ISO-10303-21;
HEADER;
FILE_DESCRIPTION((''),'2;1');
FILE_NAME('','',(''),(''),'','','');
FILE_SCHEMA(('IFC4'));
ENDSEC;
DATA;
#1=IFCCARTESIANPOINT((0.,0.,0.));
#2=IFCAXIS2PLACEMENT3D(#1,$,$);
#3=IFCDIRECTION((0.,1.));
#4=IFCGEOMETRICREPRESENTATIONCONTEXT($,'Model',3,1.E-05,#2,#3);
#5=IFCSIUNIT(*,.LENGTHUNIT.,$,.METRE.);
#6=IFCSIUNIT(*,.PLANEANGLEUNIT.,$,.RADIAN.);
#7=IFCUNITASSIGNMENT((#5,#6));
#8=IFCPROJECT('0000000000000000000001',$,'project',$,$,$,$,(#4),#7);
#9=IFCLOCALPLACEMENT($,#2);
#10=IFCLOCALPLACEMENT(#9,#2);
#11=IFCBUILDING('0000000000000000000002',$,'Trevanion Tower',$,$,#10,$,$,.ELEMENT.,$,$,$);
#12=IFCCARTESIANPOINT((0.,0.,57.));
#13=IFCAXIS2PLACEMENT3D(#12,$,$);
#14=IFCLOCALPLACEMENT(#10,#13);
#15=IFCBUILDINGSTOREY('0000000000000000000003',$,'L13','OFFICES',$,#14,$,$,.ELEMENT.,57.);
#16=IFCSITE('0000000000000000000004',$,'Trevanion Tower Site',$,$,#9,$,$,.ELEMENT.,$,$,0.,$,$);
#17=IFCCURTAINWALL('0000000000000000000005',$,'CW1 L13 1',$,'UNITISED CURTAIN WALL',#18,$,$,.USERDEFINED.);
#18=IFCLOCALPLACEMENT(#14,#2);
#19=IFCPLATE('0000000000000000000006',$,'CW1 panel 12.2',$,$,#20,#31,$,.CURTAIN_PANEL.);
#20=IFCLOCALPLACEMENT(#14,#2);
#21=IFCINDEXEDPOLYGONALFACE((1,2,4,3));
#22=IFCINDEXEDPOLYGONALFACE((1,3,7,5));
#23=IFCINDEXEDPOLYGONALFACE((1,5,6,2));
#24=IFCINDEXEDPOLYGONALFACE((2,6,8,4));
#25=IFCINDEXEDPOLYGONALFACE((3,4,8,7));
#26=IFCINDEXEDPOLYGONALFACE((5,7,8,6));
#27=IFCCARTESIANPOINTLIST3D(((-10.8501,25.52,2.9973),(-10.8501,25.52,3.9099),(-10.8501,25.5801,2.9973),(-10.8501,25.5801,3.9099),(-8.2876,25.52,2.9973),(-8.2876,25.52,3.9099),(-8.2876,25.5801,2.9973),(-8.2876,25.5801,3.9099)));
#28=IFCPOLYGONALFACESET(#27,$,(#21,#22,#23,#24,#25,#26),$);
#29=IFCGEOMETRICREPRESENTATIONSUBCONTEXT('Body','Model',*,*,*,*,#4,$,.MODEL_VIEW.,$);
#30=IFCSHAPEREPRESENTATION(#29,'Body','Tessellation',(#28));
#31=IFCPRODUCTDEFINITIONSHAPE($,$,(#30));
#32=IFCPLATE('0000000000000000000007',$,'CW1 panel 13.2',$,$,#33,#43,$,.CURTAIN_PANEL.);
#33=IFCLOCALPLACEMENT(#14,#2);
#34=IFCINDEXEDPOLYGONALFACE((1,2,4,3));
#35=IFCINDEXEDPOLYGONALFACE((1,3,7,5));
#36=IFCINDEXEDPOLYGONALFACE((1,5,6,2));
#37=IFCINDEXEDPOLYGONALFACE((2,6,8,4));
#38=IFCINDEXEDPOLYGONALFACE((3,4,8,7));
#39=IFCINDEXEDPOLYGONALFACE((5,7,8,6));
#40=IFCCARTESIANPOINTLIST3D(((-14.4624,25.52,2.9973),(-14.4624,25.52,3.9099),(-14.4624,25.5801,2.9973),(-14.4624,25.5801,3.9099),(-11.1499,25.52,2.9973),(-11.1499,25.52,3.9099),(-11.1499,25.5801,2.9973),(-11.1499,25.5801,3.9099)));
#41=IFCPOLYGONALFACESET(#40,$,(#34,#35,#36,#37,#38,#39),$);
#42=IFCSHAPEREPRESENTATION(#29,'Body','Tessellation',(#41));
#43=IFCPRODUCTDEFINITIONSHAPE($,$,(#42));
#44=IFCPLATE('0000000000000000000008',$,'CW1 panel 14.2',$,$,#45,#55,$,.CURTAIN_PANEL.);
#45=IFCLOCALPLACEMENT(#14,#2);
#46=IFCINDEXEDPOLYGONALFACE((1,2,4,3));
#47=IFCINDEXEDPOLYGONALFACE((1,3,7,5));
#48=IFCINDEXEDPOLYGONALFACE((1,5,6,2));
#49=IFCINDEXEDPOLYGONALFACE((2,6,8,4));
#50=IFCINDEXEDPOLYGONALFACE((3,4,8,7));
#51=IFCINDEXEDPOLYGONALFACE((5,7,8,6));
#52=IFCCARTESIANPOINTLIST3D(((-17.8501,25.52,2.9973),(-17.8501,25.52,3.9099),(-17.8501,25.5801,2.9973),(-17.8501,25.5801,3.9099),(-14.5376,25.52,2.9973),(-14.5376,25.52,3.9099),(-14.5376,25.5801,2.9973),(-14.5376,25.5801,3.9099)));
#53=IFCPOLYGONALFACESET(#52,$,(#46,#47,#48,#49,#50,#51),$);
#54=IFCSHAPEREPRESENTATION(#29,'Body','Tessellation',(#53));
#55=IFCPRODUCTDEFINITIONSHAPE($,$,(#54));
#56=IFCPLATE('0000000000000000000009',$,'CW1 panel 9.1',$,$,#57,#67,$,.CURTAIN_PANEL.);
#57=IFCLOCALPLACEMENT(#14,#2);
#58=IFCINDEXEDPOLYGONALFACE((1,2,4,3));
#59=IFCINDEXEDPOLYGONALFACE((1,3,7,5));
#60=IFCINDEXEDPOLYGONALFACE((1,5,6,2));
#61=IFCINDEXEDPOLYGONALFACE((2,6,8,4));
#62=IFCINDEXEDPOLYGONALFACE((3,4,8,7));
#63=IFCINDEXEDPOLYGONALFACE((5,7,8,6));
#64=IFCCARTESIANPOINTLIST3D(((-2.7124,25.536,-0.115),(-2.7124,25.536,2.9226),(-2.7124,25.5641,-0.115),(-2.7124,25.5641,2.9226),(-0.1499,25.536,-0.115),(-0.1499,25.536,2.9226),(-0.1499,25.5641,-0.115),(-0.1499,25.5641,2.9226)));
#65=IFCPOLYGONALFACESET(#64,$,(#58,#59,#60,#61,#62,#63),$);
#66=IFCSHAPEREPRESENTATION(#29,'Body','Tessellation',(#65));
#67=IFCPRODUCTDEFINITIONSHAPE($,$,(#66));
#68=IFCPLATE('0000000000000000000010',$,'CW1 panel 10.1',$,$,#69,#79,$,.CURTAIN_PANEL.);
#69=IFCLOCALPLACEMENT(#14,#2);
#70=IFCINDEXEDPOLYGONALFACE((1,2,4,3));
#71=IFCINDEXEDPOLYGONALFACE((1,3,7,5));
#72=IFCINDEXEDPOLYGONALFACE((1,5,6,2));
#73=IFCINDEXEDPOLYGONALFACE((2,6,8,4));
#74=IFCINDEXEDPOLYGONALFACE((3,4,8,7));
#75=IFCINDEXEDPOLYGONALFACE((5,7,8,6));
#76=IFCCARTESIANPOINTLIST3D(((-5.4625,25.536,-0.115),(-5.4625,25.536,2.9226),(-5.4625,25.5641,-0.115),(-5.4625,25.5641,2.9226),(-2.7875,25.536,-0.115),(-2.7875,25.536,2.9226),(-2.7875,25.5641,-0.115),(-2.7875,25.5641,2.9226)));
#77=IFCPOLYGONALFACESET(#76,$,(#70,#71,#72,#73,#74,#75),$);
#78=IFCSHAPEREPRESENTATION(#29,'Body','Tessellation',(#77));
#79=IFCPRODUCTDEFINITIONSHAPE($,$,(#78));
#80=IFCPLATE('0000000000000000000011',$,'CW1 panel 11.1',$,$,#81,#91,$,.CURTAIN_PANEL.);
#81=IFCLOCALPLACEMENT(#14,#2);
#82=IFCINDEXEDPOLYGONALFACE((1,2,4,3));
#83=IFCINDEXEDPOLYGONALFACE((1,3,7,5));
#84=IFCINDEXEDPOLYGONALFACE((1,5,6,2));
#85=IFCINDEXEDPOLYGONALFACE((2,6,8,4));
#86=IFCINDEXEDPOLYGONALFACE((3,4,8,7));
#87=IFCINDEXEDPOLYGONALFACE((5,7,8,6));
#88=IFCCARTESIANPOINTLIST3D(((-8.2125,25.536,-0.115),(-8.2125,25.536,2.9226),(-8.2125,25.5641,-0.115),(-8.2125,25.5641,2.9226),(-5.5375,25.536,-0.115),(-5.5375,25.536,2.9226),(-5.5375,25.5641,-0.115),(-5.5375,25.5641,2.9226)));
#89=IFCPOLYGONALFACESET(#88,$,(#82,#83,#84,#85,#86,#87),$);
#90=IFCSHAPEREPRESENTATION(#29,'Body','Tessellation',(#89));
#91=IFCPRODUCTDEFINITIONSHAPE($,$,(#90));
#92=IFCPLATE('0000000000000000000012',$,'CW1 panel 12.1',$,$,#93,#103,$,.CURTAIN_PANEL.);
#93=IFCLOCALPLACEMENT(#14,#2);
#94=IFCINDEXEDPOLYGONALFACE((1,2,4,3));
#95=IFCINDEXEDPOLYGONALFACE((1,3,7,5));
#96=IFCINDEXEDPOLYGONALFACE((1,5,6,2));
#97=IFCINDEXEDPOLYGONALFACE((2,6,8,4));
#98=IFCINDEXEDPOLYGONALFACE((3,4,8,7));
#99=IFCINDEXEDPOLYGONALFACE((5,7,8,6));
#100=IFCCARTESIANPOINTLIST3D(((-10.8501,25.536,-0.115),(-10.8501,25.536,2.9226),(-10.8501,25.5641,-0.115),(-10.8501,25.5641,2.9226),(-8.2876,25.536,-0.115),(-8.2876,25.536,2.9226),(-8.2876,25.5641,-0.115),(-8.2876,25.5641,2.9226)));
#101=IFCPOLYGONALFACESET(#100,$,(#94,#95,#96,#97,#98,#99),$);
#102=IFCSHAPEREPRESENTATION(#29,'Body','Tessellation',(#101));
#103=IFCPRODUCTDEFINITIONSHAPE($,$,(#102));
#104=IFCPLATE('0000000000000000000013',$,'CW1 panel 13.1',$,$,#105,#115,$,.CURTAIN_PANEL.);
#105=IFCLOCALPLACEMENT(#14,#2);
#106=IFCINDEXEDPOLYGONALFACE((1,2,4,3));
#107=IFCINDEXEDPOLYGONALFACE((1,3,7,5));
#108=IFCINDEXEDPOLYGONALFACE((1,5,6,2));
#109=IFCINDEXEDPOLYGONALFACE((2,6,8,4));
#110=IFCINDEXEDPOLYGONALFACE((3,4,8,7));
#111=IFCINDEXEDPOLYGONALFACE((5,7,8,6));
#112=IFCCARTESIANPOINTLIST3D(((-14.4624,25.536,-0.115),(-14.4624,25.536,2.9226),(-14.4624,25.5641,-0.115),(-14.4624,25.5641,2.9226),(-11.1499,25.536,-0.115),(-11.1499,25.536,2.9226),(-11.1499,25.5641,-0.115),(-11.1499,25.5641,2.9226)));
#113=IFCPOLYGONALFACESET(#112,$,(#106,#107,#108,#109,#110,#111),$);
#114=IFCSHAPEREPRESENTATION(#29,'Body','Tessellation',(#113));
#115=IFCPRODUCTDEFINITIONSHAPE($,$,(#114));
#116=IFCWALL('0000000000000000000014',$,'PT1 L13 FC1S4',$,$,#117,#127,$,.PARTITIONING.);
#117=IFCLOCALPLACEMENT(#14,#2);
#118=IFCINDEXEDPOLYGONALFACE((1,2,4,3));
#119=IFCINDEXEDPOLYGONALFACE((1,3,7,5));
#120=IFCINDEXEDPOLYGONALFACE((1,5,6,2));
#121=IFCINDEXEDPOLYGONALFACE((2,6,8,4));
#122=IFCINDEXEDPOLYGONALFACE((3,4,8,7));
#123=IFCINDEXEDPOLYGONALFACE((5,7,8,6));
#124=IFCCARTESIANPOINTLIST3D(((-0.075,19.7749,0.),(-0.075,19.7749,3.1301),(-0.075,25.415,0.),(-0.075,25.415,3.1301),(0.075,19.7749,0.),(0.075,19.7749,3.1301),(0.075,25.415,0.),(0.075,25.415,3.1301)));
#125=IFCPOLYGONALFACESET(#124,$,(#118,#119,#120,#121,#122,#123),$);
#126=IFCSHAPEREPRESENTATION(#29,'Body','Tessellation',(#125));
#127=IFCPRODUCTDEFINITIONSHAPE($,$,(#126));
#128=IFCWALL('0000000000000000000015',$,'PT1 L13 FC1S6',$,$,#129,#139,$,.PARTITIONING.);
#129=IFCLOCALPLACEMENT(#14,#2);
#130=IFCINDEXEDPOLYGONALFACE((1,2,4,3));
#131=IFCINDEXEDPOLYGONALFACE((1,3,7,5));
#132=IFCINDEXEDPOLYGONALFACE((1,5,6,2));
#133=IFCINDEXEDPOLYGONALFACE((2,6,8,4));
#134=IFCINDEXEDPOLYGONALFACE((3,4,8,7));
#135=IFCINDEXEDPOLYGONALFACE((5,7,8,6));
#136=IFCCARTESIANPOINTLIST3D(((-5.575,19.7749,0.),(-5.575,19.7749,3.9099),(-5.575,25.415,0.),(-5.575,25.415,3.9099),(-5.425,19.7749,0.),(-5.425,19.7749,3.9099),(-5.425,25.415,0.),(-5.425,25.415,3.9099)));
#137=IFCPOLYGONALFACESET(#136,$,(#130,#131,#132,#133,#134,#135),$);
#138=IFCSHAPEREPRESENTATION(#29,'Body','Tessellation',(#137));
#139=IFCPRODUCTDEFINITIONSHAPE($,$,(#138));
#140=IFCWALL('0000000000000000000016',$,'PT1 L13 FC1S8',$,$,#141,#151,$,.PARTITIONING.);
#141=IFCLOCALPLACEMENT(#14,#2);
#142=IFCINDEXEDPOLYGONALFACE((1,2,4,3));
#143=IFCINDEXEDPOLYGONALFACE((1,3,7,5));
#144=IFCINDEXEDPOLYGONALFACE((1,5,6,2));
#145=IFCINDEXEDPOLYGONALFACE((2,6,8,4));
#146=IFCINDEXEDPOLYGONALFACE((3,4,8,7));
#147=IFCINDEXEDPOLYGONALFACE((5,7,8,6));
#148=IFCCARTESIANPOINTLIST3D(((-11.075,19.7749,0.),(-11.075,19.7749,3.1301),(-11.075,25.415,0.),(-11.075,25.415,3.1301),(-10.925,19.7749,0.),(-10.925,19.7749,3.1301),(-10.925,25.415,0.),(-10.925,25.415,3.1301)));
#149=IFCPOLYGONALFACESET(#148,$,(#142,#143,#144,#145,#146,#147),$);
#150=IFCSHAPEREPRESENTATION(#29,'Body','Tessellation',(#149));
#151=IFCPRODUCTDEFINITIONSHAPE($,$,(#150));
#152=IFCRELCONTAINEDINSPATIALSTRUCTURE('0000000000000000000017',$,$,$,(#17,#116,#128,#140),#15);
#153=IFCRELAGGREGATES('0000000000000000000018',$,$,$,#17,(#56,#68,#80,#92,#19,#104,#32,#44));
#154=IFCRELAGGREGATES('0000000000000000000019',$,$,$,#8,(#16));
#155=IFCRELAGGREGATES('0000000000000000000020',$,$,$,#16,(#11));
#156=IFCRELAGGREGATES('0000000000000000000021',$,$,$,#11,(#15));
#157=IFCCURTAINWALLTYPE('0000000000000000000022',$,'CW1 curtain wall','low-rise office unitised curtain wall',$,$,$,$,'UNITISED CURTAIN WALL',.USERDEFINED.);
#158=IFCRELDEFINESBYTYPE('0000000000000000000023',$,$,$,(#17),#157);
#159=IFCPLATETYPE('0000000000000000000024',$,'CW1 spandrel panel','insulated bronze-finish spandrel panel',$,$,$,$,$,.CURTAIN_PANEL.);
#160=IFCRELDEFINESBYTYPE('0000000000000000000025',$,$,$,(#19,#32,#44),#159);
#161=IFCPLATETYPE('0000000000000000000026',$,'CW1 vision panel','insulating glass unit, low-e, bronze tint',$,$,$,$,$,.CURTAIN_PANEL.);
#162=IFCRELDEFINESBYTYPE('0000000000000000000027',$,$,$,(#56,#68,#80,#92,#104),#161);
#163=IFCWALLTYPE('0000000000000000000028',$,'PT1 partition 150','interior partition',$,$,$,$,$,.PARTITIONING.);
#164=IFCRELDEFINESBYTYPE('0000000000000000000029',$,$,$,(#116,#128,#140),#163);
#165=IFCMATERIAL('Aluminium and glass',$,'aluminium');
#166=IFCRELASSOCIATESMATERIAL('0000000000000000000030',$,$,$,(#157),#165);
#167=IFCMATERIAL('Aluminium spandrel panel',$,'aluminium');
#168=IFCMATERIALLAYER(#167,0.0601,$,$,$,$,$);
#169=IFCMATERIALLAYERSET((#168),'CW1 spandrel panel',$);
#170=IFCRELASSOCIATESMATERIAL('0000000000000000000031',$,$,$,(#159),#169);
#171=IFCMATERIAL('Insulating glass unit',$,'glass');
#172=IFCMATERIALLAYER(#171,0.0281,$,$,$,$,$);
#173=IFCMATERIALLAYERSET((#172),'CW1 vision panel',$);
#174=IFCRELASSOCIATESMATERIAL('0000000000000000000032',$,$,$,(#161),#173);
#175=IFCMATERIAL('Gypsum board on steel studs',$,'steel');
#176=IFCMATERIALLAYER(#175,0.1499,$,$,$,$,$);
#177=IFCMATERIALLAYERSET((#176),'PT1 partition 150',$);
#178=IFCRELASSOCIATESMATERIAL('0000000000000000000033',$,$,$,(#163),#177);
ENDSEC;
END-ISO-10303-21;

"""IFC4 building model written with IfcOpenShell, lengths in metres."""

from ifc_helpers import new_model, si_unit, direction, frame, frame_2d, origin, origin_2d, place, context, subcontext, project, spatial, rectangle, extrude, material, layer, layer_set, type_object, element, aggregate, save


model = new_model("IFC4")

# Units and contexts
model_context = context("Model", 3, precision=1e-05, world=origin(), true_north=direction((0.0, 1.0)))
body_context = subcontext(model_context, "Body", "Model", "MODEL_VIEW")
ifc_project = project(units=[si_unit("LENGTHUNIT", "METRE"), si_unit("PLANEANGLEUNIT", "RADIAN")], contexts=[model_context])

# Site, building, storey
site_placement = place(None, origin())
site = spatial("IfcSite", under=ifc_project, at=site_placement, Name="Trevanion Tower Site", CompositionType="ELEMENT", RefElevation=0.0)
building_placement = place(site_placement, origin())
building = spatial("IfcBuilding", under=site, at=building_placement, Name="Trevanion Tower", CompositionType="ELEMENT")
storey_placement = place(building_placement, frame((0.0, 0.0, 57.0)))
storey = spatial("IfcBuildingStorey", under=building, at=storey_placement, Name="L13", Description="OFFICES", CompositionType="ELEMENT", Elevation=57.0)

# Curtain wall
ifc_material_1 = material(Name="Aluminium and glass", Category="aluminium")
curtain_wall_type = type_object("IfcCurtainWallType", Name="CW1 curtain wall", Description="low-rise office unitised curtain wall", ElementType="UNITISED CURTAIN WALL", PredefinedType="USERDEFINED", material=ifc_material_1)
curtain_wall_placement = place(storey_placement, origin())
curtain_wall = element("IfcCurtainWall", 1, at=curtain_wall_placement, inside=storey, type_object=curtain_wall_type, Name="CW1 L13 1", ObjectType="UNITISED CURTAIN WALL", PredefinedType="USERDEFINED")

# Plates
ifc_material_2 = material(Name="Aluminium spandrel panel", Category="aluminium")
ifc_layer_1 = layer(ifc_material_2, 0.0601)
ifc_layer_set_1 = layer_set([ifc_layer_1], Name="CW1 spandrel panel")
plate_type_1 = type_object("IfcPlateType", Name="CW1 spandrel panel", Description="insulated bronze-finish spandrel panel", PredefinedType="CURTAIN_PANEL", material=ifc_layer_set_1)
plate_1_placement = place(storey_placement, frame((-9.5688, 25.55, 2.9973), z_axis=(0.0, 0.0, 1.0), x_axis=(-1.0, 0.0, 0.0)))
plate_1 = element("IfcPlate", 2, at=plate_1_placement, type_object=plate_type_1, Name="CW1 panel 12.2", PredefinedType="CURTAIN_PANEL", context=body_context, shape_type="SweptSolid", body=[
    extrude(rectangle(XDim=2.5625, YDim=0.0601, at=origin_2d()), origin(), (0.0, 0.0, 1.0), 0.9126),
])
plate_2_placement = place(storey_placement, frame((-12.8062, 25.55, 2.9973), z_axis=(0.0, 0.0, 1.0), x_axis=(-1.0, 0.0, 0.0)))
plate_2 = element("IfcPlate", 3, at=plate_2_placement, type_object=plate_type_1, Name="CW1 panel 13.2", PredefinedType="CURTAIN_PANEL", context=body_context, shape_type="SweptSolid", body=[
    extrude(rectangle(XDim=3.3125, YDim=0.0601, at=origin_2d()), origin(), (0.0, 0.0, 1.0), 0.9126),
])
plate_3_placement = place(storey_placement, frame((-16.1938, 25.55, 2.9973), z_axis=(0.0, 0.0, 1.0), x_axis=(-1.0, 0.0, 0.0)))
plate_3 = element("IfcPlate", 4, at=plate_3_placement, type_object=plate_type_1, Name="CW1 panel 14.2", PredefinedType="CURTAIN_PANEL", context=body_context, shape_type="SweptSolid", body=[
    extrude(rectangle(XDim=3.3125, YDim=0.0601, at=origin_2d()), origin(), (0.0, 0.0, 1.0), 0.9126),
])
ifc_material_3 = material(Name="Insulating glass unit", Category="glass")
ifc_layer_2 = layer(ifc_material_3, 0.0281)
ifc_layer_set_2 = layer_set([ifc_layer_2], Name="CW1 vision panel")
plate_type_2 = type_object("IfcPlateType", Name="CW1 vision panel", Description="insulating glass unit, low-e, bronze tint", PredefinedType="CURTAIN_PANEL", material=ifc_layer_set_2)
plate_4_placement = place(storey_placement, frame((-1.4312, 25.55, -0.115), z_axis=(0.0, 0.0, 1.0), x_axis=(-1.0, 0.0, 0.0)))
plate_4 = element("IfcPlate", 5, at=plate_4_placement, type_object=plate_type_2, Name="CW1 panel 9.1", PredefinedType="CURTAIN_PANEL", context=body_context, shape_type="SweptSolid", body=[
    extrude(rectangle(XDim=2.5625, YDim=0.0281, at=origin_2d()), origin(), (0.0, 0.0, 1.0), 3.0376),
])
plate_5_placement = place(storey_placement, frame((-4.125, 25.55, -0.115), z_axis=(0.0, 0.0, 1.0), x_axis=(-1.0, 0.0, 0.0)))
plate_5 = element("IfcPlate", 6, at=plate_5_placement, type_object=plate_type_2, Name="CW1 panel 10.1", PredefinedType="CURTAIN_PANEL", context=body_context, shape_type="SweptSolid", body=[
    extrude(rectangle(XDim=2.675, YDim=0.0281, at=origin_2d()), origin(), (0.0, 0.0, 1.0), 3.0376),
])
plate_6_placement = place(storey_placement, frame((-6.875, 25.55, -0.115), z_axis=(0.0, 0.0, 1.0), x_axis=(-1.0, 0.0, 0.0)))
plate_6 = element("IfcPlate", 7, at=plate_6_placement, type_object=plate_type_2, Name="CW1 panel 11.1", PredefinedType="CURTAIN_PANEL", context=body_context, shape_type="SweptSolid", body=[
    extrude(rectangle(XDim=2.675, YDim=0.0281, at=origin_2d()), origin(), (0.0, 0.0, 1.0), 3.0376),
])
plate_7_placement = place(storey_placement, frame((-9.5688, 25.55, -0.115), z_axis=(0.0, 0.0, 1.0), x_axis=(-1.0, 0.0, 0.0)))
plate_7 = element("IfcPlate", 8, at=plate_7_placement, type_object=plate_type_2, Name="CW1 panel 12.1", PredefinedType="CURTAIN_PANEL", context=body_context, shape_type="SweptSolid", body=[
    extrude(rectangle(XDim=2.5625, YDim=0.0281, at=origin_2d()), origin(), (0.0, 0.0, 1.0), 3.0376),
])
plate_8_placement = place(storey_placement, frame((-12.8062, 25.55, -0.115), z_axis=(0.0, 0.0, 1.0), x_axis=(-1.0, 0.0, 0.0)))
plate_8 = element("IfcPlate", 9, at=plate_8_placement, type_object=plate_type_2, Name="CW1 panel 13.1", PredefinedType="CURTAIN_PANEL", context=body_context, shape_type="SweptSolid", body=[
    extrude(rectangle(XDim=3.3125, YDim=0.0281, at=origin_2d()), origin(), (0.0, 0.0, 1.0), 3.0376),
])
aggregate(curtain_wall, [plate_4, plate_5, plate_6, plate_7, plate_1, plate_8, plate_2, plate_3])

# Walls
ifc_material_4 = material(Name="Gypsum board on steel studs", Category="steel")
ifc_layer_3 = layer(ifc_material_4, 0.1499)
ifc_layer_set_3 = layer_set([ifc_layer_3], Name="PT1 partition 150")
wall_type = type_object("IfcWallType", Name="PT1 partition 150", Description="interior partition", PredefinedType="PARTITIONING", material=ifc_layer_set_3)
wall_1_placement = place(storey_placement, frame((0.0, 19.7749, 0.0), z_axis=(0.0, 0.0, 1.0), x_axis=(0.0, 1.0, 0.0)))
element("IfcWall", 10, at=wall_1_placement, inside=storey, type_object=wall_type, Name="PT1 L13 FC1S4", PredefinedType="PARTITIONING", context=body_context, shape_type="SweptSolid", body=[
    extrude(rectangle(XDim=5.6401, YDim=0.1499, at=frame_2d((2.8201, 0.0))), origin(), (0.0, 0.0, 1.0), 3.1301),
])
wall_2_placement = place(storey_placement, frame((-5.5, 19.7749, 0.0), z_axis=(0.0, 0.0, 1.0), x_axis=(0.0, 1.0, 0.0)))
element("IfcWall", 11, at=wall_2_placement, inside=storey, type_object=wall_type, Name="PT1 L13 FC1S6", PredefinedType="PARTITIONING", context=body_context, shape_type="SweptSolid", body=[
    extrude(rectangle(XDim=5.6401, YDim=0.1499, at=frame_2d((2.8201, 0.0))), origin(), (0.0, 0.0, 1.0), 3.9099),
])
wall_3_placement = place(storey_placement, frame((-11.0, 19.7749, 0.0), z_axis=(0.0, 0.0, 1.0), x_axis=(0.0, 1.0, 0.0)))
element("IfcWall", 12, at=wall_3_placement, inside=storey, type_object=wall_type, Name="PT1 L13 FC1S8", PredefinedType="PARTITIONING", context=body_context, shape_type="SweptSolid", body=[
    extrude(rectangle(XDim=5.6401, YDim=0.1499, at=frame_2d((2.8201, 0.0))), origin(), (0.0, 0.0, 1.0), 3.1301),
])

save(model, "model.ifc")
